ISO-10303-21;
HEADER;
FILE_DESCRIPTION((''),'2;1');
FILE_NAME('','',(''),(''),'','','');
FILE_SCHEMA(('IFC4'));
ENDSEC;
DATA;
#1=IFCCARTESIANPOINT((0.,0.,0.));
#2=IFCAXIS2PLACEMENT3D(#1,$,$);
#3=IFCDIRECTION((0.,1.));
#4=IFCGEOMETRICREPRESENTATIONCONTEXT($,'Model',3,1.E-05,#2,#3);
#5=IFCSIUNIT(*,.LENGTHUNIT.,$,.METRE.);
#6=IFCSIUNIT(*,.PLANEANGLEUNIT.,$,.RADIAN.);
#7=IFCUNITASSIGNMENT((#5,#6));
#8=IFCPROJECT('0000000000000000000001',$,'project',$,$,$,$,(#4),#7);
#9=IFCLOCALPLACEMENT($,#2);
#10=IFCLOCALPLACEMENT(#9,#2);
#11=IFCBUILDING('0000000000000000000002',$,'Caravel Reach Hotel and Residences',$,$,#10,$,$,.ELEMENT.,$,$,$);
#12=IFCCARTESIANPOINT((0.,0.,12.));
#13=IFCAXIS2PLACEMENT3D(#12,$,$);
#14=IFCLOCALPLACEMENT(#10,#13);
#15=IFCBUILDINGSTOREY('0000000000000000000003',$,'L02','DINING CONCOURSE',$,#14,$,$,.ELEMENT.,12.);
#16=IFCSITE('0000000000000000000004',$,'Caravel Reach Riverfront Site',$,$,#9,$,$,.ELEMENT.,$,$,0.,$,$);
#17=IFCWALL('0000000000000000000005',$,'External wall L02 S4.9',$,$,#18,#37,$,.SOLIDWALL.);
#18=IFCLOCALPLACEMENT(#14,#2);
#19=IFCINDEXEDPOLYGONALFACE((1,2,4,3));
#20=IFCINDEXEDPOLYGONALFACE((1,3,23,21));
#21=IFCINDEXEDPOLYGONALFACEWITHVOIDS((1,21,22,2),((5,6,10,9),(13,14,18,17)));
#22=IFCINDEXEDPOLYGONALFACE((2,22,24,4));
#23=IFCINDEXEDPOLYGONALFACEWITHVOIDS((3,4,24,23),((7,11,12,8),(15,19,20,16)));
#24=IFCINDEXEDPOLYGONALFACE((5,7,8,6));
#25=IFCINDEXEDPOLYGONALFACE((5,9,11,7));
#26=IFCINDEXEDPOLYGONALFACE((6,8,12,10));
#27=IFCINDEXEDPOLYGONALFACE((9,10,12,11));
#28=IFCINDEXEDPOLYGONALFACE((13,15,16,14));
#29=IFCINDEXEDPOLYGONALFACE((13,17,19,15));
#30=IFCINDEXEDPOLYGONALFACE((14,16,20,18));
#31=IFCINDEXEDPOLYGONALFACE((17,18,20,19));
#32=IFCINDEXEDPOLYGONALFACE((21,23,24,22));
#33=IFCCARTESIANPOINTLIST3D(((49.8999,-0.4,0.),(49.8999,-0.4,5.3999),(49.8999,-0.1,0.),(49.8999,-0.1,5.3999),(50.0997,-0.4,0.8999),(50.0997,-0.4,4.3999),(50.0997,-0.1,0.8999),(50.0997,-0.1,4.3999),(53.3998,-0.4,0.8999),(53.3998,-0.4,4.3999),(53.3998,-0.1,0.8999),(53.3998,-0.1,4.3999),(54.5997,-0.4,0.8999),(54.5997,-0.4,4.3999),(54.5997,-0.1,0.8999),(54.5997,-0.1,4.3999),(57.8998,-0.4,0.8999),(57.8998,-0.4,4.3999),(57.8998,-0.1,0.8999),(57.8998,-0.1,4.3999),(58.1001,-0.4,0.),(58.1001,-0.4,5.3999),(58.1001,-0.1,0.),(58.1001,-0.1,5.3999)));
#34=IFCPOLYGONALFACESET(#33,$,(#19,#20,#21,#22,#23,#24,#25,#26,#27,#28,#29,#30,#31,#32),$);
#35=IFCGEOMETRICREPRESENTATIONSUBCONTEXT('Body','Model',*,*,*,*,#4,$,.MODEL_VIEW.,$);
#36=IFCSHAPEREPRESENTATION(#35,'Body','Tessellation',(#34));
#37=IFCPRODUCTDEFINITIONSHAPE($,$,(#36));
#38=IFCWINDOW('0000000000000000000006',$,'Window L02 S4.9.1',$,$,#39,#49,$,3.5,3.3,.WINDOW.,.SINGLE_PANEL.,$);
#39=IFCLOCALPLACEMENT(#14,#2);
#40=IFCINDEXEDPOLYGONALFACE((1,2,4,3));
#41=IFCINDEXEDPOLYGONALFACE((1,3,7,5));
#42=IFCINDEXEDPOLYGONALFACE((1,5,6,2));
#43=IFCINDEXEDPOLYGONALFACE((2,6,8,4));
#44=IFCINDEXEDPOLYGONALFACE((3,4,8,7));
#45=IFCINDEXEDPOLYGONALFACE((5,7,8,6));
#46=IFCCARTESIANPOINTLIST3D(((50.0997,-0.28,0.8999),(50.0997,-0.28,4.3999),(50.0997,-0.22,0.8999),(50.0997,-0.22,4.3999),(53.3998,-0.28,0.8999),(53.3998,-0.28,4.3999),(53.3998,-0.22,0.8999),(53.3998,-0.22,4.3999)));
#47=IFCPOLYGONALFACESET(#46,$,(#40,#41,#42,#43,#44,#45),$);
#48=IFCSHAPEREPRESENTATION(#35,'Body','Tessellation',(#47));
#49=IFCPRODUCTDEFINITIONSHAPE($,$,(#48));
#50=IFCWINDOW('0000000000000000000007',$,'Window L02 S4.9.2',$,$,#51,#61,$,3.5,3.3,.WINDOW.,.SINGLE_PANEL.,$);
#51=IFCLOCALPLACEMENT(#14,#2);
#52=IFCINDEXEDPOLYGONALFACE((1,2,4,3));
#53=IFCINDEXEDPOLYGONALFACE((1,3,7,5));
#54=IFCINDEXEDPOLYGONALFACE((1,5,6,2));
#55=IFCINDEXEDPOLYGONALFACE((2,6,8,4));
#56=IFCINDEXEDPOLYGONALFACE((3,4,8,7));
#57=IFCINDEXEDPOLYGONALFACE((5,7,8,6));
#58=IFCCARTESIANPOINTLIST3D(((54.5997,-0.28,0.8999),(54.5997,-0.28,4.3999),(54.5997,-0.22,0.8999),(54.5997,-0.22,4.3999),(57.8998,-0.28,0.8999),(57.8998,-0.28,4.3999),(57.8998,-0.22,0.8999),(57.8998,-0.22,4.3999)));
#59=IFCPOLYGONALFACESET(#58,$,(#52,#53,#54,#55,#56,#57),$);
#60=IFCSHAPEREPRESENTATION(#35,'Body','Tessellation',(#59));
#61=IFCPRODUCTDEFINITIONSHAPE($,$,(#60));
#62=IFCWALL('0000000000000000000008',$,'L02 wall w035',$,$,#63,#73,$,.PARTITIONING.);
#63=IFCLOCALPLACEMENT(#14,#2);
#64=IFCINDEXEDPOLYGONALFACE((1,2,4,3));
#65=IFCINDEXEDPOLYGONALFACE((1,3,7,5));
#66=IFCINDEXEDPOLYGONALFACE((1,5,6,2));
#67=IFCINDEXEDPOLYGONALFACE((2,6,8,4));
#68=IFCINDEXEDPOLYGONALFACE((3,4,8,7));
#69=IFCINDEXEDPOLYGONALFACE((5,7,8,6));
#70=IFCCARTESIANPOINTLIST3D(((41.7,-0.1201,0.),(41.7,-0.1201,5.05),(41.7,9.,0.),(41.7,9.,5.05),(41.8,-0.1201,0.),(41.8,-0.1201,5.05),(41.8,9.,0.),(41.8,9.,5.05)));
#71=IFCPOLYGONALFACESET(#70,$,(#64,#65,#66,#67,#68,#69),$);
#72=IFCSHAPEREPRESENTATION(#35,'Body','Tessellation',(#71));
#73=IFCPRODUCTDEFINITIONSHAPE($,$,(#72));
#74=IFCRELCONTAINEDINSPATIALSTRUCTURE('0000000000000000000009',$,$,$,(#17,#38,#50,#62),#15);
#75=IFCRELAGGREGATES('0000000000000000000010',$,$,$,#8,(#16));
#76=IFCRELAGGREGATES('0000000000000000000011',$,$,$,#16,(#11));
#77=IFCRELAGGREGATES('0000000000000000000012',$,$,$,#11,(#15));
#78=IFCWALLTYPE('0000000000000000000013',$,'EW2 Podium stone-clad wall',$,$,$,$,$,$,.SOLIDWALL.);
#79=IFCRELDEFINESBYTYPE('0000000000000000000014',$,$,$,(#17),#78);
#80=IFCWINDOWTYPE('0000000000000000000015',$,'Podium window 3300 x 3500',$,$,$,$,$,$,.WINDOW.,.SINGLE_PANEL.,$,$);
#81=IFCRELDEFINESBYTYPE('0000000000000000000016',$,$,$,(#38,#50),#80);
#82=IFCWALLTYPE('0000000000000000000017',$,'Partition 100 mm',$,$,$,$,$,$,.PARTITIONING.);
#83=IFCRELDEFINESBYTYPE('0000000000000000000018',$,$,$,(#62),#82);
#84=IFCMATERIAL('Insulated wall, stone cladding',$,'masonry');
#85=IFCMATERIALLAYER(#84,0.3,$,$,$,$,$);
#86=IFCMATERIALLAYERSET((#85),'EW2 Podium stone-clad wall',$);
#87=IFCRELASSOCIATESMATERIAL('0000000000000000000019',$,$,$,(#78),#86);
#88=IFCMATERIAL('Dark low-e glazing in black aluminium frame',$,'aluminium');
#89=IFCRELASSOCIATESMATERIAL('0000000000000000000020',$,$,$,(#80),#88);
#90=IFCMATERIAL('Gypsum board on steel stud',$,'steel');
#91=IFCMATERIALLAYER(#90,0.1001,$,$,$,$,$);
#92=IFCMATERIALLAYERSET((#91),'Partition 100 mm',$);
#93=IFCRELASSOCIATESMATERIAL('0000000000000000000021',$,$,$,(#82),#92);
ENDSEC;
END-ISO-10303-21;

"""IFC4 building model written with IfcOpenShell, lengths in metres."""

from ifc_helpers import new_model, si_unit, direction, frame, frame_2d, origin, place, context, subcontext, project, spatial, rectangle, extrude, material, layer, layer_set, type_object, element, fill, save


model = new_model("IFC4")

# Units and contexts
model_context = context("Model", 3, precision=1e-05, world=origin(), true_north=direction((0.0, 1.0)))
body_context = subcontext(model_context, "Body", "Model", "MODEL_VIEW")
ifc_project = project(units=[si_unit("LENGTHUNIT", "METRE"), si_unit("PLANEANGLEUNIT", "RADIAN")], contexts=[model_context])

# Site, building, storey
site_placement = place(None, origin())
site = spatial("IfcSite", under=ifc_project, at=site_placement, Name="Caravel Reach Riverfront Site", CompositionType="ELEMENT", RefElevation=0.0)
building_placement = place(site_placement, origin())
building = spatial("IfcBuilding", under=site, at=building_placement, Name="Caravel Reach Hotel and Residences", CompositionType="ELEMENT")
storey_placement = place(building_placement, frame((0.0, 0.0, 12.0)))
storey = spatial("IfcBuildingStorey", under=building, at=storey_placement, Name="L02", Description="DINING CONCOURSE", CompositionType="ELEMENT", Elevation=12.0)

# Wall, openings, windows
ifc_material_1 = material(Name="Insulated wall, stone cladding", Category="masonry")
ifc_layer_1 = layer(ifc_material_1, 0.3)
ifc_layer_set_1 = layer_set([ifc_layer_1], Name="EW2 Podium stone-clad wall")
wall_type_1 = type_object("IfcWallType", Name="EW2 Podium stone-clad wall", PredefinedType="SOLIDWALL", material=ifc_layer_set_1)
ifc_material_2 = material(Name="Dark low-e glazing in black aluminium frame", Category="aluminium")
window_type = type_object("IfcWindowType", Name="Podium window 3300 x 3500", PartitioningType="SINGLE_PANEL", PredefinedType="WINDOW", material=ifc_material_2)
wall_1_placement = place(storey_placement, frame((49.8999, -0.25, 0.0), z_axis=(0.0, 0.0, 1.0), x_axis=(1.0, 0.0, 0.0)))
wall_1 = element("IfcWall", 1, at=wall_1_placement, inside=storey, type_object=wall_type_1, Name="External wall L02 S4.9", PredefinedType="SOLIDWALL", context=body_context, shape_type="SweptSolid", body=[
    extrude(rectangle(XDim=8.2002, YDim=0.3, at=frame_2d((4.1001, 0.0))), origin(), (0.0, 0.0, 1.0), 5.3999),
])
opening_1_placement = place(wall_1_placement, frame((0.2, 0.0, 0.8999)))
opening_1 = element("IfcOpeningElement", 2, at=opening_1_placement, cuts=wall_1, PredefinedType="OPENING", context=body_context, shape_type="SweptSolid", body=[
    extrude(rectangle(XDim=3.3, YDim=3.5, at=frame_2d((1.6499, 1.75))), frame((0.0, 0.1599, 0.0), z_axis=(0.0, -1.0, 0.0), x_axis=(1.0, 0.0, 0.0)), (0.0, 0.0, 1.0), 0.3201),
])
opening_2_placement = place(wall_1_placement, frame((4.7, 0.0, 0.8999)))
opening_2 = element("IfcOpeningElement", 3, at=opening_2_placement, cuts=wall_1, PredefinedType="OPENING", context=body_context, shape_type="SweptSolid", body=[
    extrude(rectangle(XDim=3.3, YDim=3.5, at=frame_2d((1.6499, 1.75))), frame((0.0, 0.1599, 0.0), z_axis=(0.0, -1.0, 0.0), x_axis=(1.0, 0.0, 0.0)), (0.0, 0.0, 1.0), 0.3201),
])
window_1_placement = place(opening_1_placement, origin())
window_1 = element("IfcWindow", 4, at=window_1_placement, inside=storey, type_object=window_type, Name="Window L02 S4.9.1", OverallHeight=3.5, OverallWidth=3.3, PartitioningType="SINGLE_PANEL", PredefinedType="WINDOW", context=body_context, shape_type="SweptSolid", body=[
    extrude(rectangle(XDim=3.3, YDim=3.5, at=frame_2d((1.6499, 1.75))), frame((0.0, 0.03, 0.0), z_axis=(0.0, -1.0, 0.0), x_axis=(1.0, 0.0, 0.0)), (0.0, 0.0, 1.0), 0.0601),
])
fill(opening_1, window_1)
window_2_placement = place(opening_2_placement, origin())
window_2 = element("IfcWindow", 5, at=window_2_placement, inside=storey, type_object=window_type, Name="Window L02 S4.9.2", OverallHeight=3.5, OverallWidth=3.3, PartitioningType="SINGLE_PANEL", PredefinedType="WINDOW", context=body_context, shape_type="SweptSolid", body=[
    extrude(rectangle(XDim=3.3, YDim=3.5, at=frame_2d((1.6499, 1.75))), frame((0.0, 0.03, 0.0), z_axis=(0.0, -1.0, 0.0), x_axis=(1.0, 0.0, 0.0)), (0.0, 0.0, 1.0), 0.0601),
])
fill(opening_2, window_2)

# Wall
ifc_material_3 = material(Name="Gypsum board on steel stud", Category="steel")
ifc_layer_2 = layer(ifc_material_3, 0.1001)
ifc_layer_set_2 = layer_set([ifc_layer_2], Name="Partition 100 mm")
wall_type_2 = type_object("IfcWallType", Name="Partition 100 mm", PredefinedType="PARTITIONING", material=ifc_layer_set_2)
wall_2_placement = place(storey_placement, frame((41.75, -0.1201, 0.0), z_axis=(0.0, 0.0, 1.0), x_axis=(0.0, 1.0, 0.0)))
element("IfcWall", 6, at=wall_2_placement, inside=storey, type_object=wall_type_2, Name="L02 wall w035", PredefinedType="PARTITIONING", context=body_context, shape_type="SweptSolid", body=[
    extrude(rectangle(XDim=9.1201, YDim=0.1001, at=frame_2d((4.5601, 0.0))), origin(), (0.0, 0.0, 1.0), 5.05),
])

save(model, "model.ifc")
